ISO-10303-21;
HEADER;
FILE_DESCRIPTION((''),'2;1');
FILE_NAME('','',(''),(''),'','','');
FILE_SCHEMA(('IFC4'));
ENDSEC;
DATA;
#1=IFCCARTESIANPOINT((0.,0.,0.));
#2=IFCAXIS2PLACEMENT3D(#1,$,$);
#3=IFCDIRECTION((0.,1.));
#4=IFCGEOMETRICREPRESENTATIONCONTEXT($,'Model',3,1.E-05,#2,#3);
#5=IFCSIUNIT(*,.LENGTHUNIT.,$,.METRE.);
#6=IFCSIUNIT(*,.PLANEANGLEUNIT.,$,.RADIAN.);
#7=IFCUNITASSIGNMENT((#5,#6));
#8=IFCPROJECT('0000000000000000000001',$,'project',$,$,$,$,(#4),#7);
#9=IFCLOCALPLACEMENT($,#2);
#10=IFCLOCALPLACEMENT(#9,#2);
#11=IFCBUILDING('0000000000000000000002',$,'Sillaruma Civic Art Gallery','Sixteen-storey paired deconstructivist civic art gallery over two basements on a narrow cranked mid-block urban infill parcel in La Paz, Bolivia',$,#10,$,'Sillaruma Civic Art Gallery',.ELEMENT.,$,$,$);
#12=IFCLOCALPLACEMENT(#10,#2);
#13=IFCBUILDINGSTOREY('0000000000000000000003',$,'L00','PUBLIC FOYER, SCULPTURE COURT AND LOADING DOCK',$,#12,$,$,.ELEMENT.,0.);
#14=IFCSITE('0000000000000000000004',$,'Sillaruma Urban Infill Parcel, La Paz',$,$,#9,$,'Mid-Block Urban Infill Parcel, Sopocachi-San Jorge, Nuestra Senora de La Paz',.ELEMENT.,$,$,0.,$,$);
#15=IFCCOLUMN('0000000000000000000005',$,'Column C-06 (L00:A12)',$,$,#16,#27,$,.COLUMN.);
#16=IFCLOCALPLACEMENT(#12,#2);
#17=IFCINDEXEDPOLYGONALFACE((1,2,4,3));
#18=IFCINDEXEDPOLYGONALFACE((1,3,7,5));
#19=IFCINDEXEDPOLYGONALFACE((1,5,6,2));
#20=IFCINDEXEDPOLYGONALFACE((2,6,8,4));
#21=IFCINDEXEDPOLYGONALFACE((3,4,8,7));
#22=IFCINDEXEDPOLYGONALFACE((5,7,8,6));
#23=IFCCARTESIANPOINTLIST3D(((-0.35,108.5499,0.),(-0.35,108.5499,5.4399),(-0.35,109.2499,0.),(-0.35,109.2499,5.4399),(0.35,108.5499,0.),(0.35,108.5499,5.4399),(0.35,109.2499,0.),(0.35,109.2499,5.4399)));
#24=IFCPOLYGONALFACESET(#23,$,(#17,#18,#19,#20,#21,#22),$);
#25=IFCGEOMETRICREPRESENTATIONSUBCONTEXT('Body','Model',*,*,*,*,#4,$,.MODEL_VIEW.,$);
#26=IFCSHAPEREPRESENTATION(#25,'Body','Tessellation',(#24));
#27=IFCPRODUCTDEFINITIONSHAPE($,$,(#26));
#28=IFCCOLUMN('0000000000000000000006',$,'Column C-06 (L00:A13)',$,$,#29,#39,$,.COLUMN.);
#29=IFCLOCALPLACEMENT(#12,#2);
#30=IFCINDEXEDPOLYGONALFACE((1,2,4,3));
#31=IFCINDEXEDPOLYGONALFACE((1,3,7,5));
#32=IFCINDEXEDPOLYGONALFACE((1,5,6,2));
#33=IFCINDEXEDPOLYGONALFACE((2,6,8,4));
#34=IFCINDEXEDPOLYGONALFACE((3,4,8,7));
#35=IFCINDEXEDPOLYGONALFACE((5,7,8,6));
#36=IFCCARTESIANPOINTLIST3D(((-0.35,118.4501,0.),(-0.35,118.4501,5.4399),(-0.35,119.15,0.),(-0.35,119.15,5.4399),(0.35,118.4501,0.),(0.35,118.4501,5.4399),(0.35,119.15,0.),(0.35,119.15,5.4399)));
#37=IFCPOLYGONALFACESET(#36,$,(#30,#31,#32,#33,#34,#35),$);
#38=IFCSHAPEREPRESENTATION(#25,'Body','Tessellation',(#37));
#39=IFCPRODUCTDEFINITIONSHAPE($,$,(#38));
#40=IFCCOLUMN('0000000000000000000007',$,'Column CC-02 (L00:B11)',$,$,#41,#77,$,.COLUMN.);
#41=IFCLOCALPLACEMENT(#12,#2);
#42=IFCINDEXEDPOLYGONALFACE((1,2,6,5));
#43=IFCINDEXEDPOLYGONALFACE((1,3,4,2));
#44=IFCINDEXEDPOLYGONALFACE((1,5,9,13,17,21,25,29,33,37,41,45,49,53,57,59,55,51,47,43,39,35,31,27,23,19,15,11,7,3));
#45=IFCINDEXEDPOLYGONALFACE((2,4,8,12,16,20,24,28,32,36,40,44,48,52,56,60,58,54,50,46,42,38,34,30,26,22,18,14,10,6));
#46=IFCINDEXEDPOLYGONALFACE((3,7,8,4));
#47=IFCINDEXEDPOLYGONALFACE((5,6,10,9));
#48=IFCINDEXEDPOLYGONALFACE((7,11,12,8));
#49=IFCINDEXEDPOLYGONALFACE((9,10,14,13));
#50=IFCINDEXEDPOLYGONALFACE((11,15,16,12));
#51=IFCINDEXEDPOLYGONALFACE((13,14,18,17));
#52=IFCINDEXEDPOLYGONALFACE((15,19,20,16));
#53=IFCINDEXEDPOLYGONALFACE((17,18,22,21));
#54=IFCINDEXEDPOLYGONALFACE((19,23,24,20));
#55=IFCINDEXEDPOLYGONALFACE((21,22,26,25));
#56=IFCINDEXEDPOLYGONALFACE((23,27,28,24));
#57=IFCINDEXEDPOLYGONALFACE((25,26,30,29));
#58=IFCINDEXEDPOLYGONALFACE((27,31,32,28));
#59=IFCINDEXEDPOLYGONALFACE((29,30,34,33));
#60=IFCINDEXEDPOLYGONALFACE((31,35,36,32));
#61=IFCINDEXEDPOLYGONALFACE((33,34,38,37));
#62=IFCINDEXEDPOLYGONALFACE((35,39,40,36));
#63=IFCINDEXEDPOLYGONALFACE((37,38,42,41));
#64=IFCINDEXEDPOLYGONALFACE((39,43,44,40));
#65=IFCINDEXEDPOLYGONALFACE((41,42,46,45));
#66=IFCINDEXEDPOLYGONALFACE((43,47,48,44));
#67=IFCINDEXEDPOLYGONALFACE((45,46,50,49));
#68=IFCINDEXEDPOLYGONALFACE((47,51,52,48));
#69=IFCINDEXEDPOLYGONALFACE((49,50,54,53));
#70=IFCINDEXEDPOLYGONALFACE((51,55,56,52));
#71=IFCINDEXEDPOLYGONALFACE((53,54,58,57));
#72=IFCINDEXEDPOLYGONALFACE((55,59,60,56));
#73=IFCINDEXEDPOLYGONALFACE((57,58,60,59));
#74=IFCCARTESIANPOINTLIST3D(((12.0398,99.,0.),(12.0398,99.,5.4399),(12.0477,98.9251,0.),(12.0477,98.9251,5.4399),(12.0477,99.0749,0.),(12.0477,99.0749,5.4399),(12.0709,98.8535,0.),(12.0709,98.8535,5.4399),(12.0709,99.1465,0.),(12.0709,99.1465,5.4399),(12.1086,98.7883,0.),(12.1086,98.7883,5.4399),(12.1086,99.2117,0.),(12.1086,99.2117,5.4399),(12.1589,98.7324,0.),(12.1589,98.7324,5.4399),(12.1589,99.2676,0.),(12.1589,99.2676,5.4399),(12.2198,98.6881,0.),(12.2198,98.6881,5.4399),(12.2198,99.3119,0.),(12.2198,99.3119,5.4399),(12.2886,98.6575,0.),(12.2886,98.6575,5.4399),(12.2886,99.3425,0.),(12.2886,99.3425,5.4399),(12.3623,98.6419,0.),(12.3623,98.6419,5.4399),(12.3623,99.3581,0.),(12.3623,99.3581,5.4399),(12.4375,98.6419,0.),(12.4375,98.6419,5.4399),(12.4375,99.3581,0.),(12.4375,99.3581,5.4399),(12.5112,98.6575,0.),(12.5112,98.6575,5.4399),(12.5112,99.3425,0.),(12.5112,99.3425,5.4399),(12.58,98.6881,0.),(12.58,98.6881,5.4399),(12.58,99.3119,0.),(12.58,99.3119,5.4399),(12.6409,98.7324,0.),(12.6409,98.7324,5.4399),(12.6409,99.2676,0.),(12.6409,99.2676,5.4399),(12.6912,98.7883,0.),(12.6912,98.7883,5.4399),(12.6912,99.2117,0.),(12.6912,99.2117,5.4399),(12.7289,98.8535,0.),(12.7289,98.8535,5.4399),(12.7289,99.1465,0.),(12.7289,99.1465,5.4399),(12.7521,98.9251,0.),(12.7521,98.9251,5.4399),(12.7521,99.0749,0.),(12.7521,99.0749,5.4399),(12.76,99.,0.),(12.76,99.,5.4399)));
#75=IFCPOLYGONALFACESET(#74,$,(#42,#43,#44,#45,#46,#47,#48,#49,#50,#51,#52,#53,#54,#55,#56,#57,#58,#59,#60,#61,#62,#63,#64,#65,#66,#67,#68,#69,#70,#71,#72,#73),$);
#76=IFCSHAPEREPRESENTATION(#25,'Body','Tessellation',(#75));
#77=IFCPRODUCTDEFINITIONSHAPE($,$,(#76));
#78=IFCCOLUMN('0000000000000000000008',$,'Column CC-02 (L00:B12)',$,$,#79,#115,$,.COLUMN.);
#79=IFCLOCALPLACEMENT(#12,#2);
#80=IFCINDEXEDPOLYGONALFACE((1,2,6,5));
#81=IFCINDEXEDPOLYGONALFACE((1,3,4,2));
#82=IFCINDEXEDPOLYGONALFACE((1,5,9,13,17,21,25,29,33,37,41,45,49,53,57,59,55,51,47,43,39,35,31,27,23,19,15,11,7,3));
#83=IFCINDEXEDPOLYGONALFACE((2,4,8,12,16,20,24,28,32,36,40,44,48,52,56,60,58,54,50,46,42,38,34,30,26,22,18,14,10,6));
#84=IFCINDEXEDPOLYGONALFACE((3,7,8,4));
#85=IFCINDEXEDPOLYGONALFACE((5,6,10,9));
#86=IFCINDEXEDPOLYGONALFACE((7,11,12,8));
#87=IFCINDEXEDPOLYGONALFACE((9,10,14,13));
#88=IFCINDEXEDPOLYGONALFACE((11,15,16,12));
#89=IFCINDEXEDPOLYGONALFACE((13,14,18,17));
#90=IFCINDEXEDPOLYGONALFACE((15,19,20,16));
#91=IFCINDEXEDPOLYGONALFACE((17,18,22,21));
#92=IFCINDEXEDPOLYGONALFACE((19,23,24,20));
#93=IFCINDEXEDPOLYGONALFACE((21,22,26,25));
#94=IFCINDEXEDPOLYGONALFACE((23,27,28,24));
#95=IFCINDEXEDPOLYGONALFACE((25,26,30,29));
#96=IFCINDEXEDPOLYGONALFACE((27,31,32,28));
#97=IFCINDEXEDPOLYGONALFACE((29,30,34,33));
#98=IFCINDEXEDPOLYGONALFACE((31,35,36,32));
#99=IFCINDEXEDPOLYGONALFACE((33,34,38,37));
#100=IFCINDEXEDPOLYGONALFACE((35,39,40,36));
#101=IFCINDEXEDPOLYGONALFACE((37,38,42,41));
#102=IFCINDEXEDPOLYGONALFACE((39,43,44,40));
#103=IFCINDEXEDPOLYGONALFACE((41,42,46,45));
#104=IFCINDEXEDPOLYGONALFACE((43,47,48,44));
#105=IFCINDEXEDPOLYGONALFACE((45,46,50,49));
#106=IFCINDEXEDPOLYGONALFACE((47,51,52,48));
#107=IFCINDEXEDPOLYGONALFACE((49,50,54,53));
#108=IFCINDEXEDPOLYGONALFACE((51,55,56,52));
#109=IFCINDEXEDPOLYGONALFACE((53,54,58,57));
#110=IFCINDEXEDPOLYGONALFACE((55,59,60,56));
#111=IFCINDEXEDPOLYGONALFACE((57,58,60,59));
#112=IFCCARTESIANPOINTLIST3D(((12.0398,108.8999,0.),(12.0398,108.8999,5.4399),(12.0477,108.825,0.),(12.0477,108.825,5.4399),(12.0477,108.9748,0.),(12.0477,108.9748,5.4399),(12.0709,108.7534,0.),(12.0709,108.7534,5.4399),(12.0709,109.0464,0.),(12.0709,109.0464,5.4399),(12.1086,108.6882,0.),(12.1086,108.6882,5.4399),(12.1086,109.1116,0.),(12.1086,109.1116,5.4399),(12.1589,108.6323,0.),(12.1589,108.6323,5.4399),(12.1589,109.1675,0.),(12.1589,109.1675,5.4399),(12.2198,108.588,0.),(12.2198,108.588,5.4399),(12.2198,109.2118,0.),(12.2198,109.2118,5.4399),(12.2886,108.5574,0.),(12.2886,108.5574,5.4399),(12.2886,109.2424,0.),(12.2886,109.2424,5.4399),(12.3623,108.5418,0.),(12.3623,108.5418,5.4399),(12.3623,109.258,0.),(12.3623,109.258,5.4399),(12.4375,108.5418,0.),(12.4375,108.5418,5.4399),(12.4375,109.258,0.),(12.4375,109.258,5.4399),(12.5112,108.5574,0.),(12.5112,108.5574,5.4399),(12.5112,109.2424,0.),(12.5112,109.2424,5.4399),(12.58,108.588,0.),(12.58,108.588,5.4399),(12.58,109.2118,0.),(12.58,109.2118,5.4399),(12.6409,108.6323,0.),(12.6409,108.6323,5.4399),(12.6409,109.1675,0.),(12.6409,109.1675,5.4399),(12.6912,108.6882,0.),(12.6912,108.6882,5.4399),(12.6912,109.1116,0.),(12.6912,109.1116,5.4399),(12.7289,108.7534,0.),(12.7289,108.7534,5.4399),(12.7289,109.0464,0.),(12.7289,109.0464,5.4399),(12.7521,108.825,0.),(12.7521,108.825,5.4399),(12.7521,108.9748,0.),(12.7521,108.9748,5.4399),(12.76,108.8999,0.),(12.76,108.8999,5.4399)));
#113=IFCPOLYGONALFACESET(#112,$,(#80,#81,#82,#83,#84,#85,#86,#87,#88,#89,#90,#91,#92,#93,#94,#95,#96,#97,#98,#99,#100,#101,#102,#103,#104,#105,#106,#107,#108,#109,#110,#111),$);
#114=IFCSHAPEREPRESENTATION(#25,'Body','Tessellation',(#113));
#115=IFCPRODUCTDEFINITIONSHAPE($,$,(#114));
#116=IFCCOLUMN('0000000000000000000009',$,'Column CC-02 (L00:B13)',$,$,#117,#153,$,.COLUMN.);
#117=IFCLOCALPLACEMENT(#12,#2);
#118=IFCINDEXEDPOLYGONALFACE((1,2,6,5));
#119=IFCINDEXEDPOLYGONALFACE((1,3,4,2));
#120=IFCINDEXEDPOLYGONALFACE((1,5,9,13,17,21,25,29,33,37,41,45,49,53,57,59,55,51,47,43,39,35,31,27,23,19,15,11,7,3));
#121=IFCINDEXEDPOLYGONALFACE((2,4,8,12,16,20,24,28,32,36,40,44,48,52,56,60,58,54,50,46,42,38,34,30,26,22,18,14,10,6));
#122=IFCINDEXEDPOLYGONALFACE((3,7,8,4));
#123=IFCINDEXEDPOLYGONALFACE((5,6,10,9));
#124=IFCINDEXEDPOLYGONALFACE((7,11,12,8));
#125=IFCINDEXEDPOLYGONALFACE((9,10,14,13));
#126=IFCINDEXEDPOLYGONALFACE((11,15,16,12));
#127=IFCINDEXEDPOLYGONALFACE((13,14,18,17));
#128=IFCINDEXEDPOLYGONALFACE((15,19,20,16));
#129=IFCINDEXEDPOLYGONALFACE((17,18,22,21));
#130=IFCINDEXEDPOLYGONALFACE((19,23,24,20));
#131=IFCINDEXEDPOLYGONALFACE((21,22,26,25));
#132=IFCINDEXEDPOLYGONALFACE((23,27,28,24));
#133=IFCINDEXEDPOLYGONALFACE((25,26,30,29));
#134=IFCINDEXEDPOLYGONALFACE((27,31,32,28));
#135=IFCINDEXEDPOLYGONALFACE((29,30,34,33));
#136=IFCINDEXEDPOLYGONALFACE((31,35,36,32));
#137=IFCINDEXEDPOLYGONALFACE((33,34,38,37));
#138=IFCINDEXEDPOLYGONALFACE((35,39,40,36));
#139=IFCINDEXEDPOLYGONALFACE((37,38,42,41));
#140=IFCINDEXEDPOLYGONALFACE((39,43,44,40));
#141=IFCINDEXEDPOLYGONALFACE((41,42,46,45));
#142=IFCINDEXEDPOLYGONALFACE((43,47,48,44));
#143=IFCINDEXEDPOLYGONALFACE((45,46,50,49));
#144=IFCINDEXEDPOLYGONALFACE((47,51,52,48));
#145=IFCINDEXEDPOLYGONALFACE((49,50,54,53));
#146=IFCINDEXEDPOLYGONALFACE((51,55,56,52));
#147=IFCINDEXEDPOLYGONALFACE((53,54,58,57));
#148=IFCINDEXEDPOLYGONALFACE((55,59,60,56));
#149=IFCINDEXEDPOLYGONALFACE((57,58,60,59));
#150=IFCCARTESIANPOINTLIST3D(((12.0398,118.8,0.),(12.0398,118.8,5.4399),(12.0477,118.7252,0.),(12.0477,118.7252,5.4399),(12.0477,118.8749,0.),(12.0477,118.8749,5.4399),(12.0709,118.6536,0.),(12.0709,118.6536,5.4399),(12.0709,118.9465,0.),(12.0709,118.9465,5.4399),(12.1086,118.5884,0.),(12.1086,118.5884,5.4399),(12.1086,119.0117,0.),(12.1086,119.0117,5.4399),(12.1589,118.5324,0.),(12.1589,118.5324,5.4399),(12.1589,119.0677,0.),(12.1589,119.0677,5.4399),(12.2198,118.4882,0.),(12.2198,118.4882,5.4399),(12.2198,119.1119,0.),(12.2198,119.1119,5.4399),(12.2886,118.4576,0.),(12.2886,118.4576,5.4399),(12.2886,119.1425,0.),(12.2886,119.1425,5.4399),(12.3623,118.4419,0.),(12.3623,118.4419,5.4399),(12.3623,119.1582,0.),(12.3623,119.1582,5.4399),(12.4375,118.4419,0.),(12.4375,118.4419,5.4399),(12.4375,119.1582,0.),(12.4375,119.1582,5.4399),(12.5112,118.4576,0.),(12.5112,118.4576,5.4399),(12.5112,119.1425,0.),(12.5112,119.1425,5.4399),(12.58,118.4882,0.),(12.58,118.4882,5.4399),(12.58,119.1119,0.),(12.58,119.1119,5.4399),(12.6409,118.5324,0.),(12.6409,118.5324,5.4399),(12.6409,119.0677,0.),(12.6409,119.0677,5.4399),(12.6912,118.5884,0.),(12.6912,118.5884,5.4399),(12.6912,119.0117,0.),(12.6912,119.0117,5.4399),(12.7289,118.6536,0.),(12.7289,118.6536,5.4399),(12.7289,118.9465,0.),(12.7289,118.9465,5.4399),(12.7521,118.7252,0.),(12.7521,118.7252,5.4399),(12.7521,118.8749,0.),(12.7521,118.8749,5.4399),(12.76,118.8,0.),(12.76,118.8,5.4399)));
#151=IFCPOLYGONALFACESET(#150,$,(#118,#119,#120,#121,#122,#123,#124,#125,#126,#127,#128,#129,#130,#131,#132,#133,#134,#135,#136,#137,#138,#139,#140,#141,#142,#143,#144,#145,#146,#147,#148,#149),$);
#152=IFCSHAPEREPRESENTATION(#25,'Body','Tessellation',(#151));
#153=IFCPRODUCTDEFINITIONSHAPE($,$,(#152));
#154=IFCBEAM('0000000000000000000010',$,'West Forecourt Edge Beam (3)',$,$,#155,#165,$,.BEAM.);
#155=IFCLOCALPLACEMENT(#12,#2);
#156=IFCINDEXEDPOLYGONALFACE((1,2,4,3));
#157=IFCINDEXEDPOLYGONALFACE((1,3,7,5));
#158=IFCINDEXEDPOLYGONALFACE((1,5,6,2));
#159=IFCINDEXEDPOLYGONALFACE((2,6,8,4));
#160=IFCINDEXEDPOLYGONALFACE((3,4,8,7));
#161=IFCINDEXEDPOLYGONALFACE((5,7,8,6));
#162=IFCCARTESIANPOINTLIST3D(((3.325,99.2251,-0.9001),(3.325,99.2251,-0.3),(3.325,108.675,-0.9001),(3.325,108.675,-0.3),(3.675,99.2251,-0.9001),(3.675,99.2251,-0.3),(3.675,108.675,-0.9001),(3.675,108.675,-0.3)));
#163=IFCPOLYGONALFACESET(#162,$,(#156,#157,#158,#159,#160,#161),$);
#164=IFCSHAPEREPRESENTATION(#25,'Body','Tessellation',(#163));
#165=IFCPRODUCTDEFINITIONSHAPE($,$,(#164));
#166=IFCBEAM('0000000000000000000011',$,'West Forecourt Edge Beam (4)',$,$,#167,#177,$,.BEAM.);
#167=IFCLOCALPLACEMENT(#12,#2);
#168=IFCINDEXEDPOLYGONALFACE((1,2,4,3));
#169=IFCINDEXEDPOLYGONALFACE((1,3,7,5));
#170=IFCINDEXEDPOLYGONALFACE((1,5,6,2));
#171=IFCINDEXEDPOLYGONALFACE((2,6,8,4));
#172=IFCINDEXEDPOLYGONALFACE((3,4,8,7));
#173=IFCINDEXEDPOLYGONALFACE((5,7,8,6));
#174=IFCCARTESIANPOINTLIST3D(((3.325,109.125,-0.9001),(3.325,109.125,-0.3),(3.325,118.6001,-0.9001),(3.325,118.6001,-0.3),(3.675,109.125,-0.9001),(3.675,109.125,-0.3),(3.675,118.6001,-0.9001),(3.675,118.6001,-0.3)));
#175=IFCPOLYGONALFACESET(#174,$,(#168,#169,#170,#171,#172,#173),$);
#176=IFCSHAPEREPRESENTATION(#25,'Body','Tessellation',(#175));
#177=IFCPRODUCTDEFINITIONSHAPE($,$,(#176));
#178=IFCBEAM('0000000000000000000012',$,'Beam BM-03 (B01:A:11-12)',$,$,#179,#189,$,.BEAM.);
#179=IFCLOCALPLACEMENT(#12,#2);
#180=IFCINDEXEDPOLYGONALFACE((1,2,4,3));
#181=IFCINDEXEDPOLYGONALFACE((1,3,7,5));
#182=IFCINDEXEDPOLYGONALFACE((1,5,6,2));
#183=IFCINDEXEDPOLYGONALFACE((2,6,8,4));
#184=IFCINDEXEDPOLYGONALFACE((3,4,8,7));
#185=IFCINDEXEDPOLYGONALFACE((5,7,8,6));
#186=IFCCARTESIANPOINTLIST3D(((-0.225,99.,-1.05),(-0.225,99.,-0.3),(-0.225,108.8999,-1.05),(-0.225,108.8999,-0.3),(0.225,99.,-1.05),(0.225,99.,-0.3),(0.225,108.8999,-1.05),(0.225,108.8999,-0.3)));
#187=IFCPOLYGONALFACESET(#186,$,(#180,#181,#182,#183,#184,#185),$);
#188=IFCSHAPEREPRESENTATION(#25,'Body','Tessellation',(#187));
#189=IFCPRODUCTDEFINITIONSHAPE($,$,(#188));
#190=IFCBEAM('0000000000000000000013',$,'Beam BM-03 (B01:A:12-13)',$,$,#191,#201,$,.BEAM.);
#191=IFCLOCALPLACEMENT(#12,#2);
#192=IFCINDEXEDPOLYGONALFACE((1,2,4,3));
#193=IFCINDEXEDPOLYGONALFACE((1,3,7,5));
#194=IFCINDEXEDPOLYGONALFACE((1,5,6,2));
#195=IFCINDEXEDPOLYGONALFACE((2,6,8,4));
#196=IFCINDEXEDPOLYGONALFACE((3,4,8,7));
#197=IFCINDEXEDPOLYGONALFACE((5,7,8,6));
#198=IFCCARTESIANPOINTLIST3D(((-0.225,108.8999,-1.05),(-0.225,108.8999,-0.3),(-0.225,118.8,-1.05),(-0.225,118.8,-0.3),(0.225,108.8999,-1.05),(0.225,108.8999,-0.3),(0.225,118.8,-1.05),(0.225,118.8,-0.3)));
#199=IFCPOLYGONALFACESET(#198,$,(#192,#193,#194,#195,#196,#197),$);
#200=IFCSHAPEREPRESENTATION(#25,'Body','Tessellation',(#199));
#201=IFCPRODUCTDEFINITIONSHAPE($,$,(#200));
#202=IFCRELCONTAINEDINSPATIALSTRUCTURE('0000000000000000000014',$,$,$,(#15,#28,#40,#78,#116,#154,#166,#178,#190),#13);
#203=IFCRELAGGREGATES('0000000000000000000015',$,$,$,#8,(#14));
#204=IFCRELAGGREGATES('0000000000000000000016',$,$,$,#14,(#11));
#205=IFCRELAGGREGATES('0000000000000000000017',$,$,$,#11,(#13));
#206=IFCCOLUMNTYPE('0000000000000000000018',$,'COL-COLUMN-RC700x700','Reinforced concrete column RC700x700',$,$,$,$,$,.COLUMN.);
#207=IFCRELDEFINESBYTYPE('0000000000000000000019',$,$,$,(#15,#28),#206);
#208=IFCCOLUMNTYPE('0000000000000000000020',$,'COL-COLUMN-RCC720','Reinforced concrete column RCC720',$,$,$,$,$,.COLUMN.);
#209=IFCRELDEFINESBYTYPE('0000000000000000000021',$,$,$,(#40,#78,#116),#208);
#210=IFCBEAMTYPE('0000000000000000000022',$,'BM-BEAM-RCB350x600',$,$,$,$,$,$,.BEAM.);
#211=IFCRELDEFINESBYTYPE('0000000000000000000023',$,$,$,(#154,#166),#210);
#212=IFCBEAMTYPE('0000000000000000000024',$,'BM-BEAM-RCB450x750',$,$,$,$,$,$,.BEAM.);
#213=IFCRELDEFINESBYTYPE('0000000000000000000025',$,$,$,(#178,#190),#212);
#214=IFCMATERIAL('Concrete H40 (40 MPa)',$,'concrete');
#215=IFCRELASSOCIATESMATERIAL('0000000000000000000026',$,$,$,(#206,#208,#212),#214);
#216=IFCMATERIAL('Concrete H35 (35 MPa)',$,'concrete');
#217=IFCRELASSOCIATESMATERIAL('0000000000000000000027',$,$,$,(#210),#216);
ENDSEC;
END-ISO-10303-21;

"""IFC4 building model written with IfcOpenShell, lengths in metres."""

from ifc_helpers import new_model, si_unit, direction, frame, origin, origin_2d, place, context, subcontext, project, spatial, rectangle, circle, extrude, material, material_profile, profile_set, type_object, element, save


model = new_model("IFC4")

# Units and contexts
model_context = context("Model", 3, precision=1e-05, world=origin(), true_north=direction((0.0, 1.0)))
body_context = subcontext(model_context, "Body", "Model", "MODEL_VIEW")
ifc_project = project(units=[si_unit("LENGTHUNIT", "METRE"), si_unit("PLANEANGLEUNIT", "RADIAN")], contexts=[model_context])

# Site, building, storey
site_placement = place(None, origin())
site = spatial("IfcSite", under=ifc_project, at=site_placement, Name="Sillaruma Urban Infill Parcel, La Paz", LongName="Mid-Block Urban Infill Parcel, Sopocachi-San Jorge, Nuestra Senora de La Paz", CompositionType="ELEMENT", RefElevation=0.0)
building_placement = place(site_placement, origin())
building = spatial("IfcBuilding", under=site, at=building_placement, Name="Sillaruma Civic Art Gallery", Description="Sixteen-storey paired deconstructivist civic art gallery over two basements on a narrow cranked mid-block urban infill parcel in La Paz, Bolivia", LongName="Sillaruma Civic Art Gallery", CompositionType="ELEMENT")
storey_placement = place(building_placement, origin())
storey = spatial("IfcBuildingStorey", under=building, at=storey_placement, Name="L00", Description="PUBLIC FOYER, SCULPTURE COURT AND LOADING DOCK", CompositionType="ELEMENT", Elevation=0.0)

# Columns
ifc_material_1 = material(Name="Concrete H40 (40 MPa)", Category="concrete")
ifc_material_profile_1 = material_profile(ifc_material_1, rectangle(XDim=0.7, YDim=0.7, at=origin_2d()), Name="RC700x700")
ifc_profile_set_1 = profile_set([ifc_material_profile_1], Name="Concrete H40 (40 MPa)")
column_type_1 = type_object("IfcColumnType", Name="COL-COLUMN-RC700x700", Description="Reinforced concrete column RC700x700", PredefinedType="COLUMN", material=ifc_profile_set_1)
for number, where, z_axis, x_axis, name in (
    (1, (0.0, 108.8999, 0.0), (0.0, 0.0, 1.0), (1.0, 0.0, 0.0), "Column C-06 (L00:A12)"),
    (2, (0.0, 118.8, 0.0), (0.0, 0.0, 1.0), (1.0, 0.0, 0.0), "Column C-06 (L00:A13)"),
):
    element("IfcColumn", number, at=place(storey_placement, frame(where, z_axis=z_axis, x_axis=x_axis)), inside=storey, type_object=column_type_1, Name=name, PredefinedType="COLUMN", context=body_context, shape_type="SweptSolid", body=[
        extrude(rectangle(XDim=0.7, YDim=0.7, at=origin_2d()), origin(), (0.0, 0.0, 1.0), 5.4399),
    ])
ifc_material_profile_2 = material_profile(ifc_material_1, circle(Radius=0.3601, at=origin_2d()), Name="RCC720")
ifc_profile_set_2 = profile_set([ifc_material_profile_2], Name="Concrete H40 (40 MPa)")
column_type_2 = type_object("IfcColumnType", Name="COL-COLUMN-RCC720", Description="Reinforced concrete column RCC720", PredefinedType="COLUMN", material=ifc_profile_set_2)
for number, where, z_axis, x_axis, name in (
    (3, (12.3999, 99.0, 0.0), (0.0, 0.0, 1.0), (1.0, 0.0, 0.0), "Column CC-02 (L00:B11)"),
    (4, (12.3999, 108.8999, 0.0), (0.0, 0.0, 1.0), (1.0, 0.0, 0.0), "Column CC-02 (L00:B12)"),
    (5, (12.3999, 118.8, 0.0), (0.0, 0.0, 1.0), (1.0, 0.0, 0.0), "Column CC-02 (L00:B13)"),
):
    element("IfcColumn", number, at=place(storey_placement, frame(where, z_axis=z_axis, x_axis=x_axis)), inside=storey, type_object=column_type_2, Name=name, PredefinedType="COLUMN", context=body_context, shape_type="SweptSolid", body=[
        extrude(circle(Radius=0.3601, at=origin_2d()), origin(), (0.0, 0.0, 1.0), 5.4399),
    ])

# Beams
ifc_material_2 = material(Name="Concrete H35 (35 MPa)", Category="concrete")
ifc_material_profile_3 = material_profile(ifc_material_2, rectangle(XDim=0.3501, YDim=0.6001, at=origin_2d()), Name="RCB350x600")
ifc_profile_set_3 = profile_set([ifc_material_profile_3], Name="Concrete H35 (35 MPa)")
beam_type_1 = type_object("IfcBeamType", Name="BM-BEAM-RCB350x600", PredefinedType="BEAM", material=ifc_profile_set_3)
beam_1_placement = place(storey_placement, frame((3.5, 99.2251, -0.6001), z_axis=(0.0, 1.0, 0.0), x_axis=(-1.0, 0.0, 0.0)))
element("IfcBeam", 6, at=beam_1_placement, inside=storey, type_object=beam_type_1, Name="West Forecourt Edge Beam (3)", PredefinedType="BEAM", context=body_context, shape_type="SweptSolid", body=[
    extrude(rectangle(XDim=0.3501, YDim=0.6001, at=origin_2d()), origin(), (0.0, 0.0, 1.0), 9.45),
])
beam_2_placement = place(storey_placement, frame((3.5, 109.125, -0.6001), z_axis=(0.0, 1.0, 0.0), x_axis=(-1.0, 0.0, 0.0)))
element("IfcBeam", 7, at=beam_2_placement, inside=storey, type_object=beam_type_1, Name="West Forecourt Edge Beam (4)", PredefinedType="BEAM", context=body_context, shape_type="SweptSolid", body=[
    extrude(rectangle(XDim=0.3501, YDim=0.6001, at=origin_2d()), origin(), (0.0, 0.0, 1.0), 9.4751),
])
ifc_material_profile_4 = material_profile(ifc_material_1, rectangle(XDim=0.45, YDim=0.75, at=origin_2d()), Name="RCB450x750")
ifc_profile_set_4 = profile_set([ifc_material_profile_4], Name="Concrete H40 (40 MPa)")
beam_type_2 = type_object("IfcBeamType", Name="BM-BEAM-RCB450x750", PredefinedType="BEAM", material=ifc_profile_set_4)
beam_3_placement = place(storey_placement, frame((0.0, 99.0, -0.675), z_axis=(0.0, 1.0, 0.0), x_axis=(-1.0, 0.0, 0.0)))
element("IfcBeam", 8, at=beam_3_placement, inside=storey, type_object=beam_type_2, Name="Beam BM-03 (B01:A:11-12)", PredefinedType="BEAM", context=body_context, shape_type="SweptSolid", body=[
    extrude(rectangle(XDim=0.45, YDim=0.75, at=origin_2d()), origin(), (0.0, 0.0, 1.0), 9.8999),
])
beam_4_placement = place(storey_placement, frame((0.0, 108.8999, -0.675), z_axis=(0.0, 1.0, 0.0), x_axis=(-1.0, 0.0, 0.0)))
element("IfcBeam", 9, at=beam_4_placement, inside=storey, type_object=beam_type_2, Name="Beam BM-03 (B01:A:12-13)", PredefinedType="BEAM", context=body_context, shape_type="SweptSolid", body=[
    extrude(rectangle(XDim=0.45, YDim=0.75, at=origin_2d()), origin(), (0.0, 0.0, 1.0), 9.9001),
])

save(model, "model.ifc")
